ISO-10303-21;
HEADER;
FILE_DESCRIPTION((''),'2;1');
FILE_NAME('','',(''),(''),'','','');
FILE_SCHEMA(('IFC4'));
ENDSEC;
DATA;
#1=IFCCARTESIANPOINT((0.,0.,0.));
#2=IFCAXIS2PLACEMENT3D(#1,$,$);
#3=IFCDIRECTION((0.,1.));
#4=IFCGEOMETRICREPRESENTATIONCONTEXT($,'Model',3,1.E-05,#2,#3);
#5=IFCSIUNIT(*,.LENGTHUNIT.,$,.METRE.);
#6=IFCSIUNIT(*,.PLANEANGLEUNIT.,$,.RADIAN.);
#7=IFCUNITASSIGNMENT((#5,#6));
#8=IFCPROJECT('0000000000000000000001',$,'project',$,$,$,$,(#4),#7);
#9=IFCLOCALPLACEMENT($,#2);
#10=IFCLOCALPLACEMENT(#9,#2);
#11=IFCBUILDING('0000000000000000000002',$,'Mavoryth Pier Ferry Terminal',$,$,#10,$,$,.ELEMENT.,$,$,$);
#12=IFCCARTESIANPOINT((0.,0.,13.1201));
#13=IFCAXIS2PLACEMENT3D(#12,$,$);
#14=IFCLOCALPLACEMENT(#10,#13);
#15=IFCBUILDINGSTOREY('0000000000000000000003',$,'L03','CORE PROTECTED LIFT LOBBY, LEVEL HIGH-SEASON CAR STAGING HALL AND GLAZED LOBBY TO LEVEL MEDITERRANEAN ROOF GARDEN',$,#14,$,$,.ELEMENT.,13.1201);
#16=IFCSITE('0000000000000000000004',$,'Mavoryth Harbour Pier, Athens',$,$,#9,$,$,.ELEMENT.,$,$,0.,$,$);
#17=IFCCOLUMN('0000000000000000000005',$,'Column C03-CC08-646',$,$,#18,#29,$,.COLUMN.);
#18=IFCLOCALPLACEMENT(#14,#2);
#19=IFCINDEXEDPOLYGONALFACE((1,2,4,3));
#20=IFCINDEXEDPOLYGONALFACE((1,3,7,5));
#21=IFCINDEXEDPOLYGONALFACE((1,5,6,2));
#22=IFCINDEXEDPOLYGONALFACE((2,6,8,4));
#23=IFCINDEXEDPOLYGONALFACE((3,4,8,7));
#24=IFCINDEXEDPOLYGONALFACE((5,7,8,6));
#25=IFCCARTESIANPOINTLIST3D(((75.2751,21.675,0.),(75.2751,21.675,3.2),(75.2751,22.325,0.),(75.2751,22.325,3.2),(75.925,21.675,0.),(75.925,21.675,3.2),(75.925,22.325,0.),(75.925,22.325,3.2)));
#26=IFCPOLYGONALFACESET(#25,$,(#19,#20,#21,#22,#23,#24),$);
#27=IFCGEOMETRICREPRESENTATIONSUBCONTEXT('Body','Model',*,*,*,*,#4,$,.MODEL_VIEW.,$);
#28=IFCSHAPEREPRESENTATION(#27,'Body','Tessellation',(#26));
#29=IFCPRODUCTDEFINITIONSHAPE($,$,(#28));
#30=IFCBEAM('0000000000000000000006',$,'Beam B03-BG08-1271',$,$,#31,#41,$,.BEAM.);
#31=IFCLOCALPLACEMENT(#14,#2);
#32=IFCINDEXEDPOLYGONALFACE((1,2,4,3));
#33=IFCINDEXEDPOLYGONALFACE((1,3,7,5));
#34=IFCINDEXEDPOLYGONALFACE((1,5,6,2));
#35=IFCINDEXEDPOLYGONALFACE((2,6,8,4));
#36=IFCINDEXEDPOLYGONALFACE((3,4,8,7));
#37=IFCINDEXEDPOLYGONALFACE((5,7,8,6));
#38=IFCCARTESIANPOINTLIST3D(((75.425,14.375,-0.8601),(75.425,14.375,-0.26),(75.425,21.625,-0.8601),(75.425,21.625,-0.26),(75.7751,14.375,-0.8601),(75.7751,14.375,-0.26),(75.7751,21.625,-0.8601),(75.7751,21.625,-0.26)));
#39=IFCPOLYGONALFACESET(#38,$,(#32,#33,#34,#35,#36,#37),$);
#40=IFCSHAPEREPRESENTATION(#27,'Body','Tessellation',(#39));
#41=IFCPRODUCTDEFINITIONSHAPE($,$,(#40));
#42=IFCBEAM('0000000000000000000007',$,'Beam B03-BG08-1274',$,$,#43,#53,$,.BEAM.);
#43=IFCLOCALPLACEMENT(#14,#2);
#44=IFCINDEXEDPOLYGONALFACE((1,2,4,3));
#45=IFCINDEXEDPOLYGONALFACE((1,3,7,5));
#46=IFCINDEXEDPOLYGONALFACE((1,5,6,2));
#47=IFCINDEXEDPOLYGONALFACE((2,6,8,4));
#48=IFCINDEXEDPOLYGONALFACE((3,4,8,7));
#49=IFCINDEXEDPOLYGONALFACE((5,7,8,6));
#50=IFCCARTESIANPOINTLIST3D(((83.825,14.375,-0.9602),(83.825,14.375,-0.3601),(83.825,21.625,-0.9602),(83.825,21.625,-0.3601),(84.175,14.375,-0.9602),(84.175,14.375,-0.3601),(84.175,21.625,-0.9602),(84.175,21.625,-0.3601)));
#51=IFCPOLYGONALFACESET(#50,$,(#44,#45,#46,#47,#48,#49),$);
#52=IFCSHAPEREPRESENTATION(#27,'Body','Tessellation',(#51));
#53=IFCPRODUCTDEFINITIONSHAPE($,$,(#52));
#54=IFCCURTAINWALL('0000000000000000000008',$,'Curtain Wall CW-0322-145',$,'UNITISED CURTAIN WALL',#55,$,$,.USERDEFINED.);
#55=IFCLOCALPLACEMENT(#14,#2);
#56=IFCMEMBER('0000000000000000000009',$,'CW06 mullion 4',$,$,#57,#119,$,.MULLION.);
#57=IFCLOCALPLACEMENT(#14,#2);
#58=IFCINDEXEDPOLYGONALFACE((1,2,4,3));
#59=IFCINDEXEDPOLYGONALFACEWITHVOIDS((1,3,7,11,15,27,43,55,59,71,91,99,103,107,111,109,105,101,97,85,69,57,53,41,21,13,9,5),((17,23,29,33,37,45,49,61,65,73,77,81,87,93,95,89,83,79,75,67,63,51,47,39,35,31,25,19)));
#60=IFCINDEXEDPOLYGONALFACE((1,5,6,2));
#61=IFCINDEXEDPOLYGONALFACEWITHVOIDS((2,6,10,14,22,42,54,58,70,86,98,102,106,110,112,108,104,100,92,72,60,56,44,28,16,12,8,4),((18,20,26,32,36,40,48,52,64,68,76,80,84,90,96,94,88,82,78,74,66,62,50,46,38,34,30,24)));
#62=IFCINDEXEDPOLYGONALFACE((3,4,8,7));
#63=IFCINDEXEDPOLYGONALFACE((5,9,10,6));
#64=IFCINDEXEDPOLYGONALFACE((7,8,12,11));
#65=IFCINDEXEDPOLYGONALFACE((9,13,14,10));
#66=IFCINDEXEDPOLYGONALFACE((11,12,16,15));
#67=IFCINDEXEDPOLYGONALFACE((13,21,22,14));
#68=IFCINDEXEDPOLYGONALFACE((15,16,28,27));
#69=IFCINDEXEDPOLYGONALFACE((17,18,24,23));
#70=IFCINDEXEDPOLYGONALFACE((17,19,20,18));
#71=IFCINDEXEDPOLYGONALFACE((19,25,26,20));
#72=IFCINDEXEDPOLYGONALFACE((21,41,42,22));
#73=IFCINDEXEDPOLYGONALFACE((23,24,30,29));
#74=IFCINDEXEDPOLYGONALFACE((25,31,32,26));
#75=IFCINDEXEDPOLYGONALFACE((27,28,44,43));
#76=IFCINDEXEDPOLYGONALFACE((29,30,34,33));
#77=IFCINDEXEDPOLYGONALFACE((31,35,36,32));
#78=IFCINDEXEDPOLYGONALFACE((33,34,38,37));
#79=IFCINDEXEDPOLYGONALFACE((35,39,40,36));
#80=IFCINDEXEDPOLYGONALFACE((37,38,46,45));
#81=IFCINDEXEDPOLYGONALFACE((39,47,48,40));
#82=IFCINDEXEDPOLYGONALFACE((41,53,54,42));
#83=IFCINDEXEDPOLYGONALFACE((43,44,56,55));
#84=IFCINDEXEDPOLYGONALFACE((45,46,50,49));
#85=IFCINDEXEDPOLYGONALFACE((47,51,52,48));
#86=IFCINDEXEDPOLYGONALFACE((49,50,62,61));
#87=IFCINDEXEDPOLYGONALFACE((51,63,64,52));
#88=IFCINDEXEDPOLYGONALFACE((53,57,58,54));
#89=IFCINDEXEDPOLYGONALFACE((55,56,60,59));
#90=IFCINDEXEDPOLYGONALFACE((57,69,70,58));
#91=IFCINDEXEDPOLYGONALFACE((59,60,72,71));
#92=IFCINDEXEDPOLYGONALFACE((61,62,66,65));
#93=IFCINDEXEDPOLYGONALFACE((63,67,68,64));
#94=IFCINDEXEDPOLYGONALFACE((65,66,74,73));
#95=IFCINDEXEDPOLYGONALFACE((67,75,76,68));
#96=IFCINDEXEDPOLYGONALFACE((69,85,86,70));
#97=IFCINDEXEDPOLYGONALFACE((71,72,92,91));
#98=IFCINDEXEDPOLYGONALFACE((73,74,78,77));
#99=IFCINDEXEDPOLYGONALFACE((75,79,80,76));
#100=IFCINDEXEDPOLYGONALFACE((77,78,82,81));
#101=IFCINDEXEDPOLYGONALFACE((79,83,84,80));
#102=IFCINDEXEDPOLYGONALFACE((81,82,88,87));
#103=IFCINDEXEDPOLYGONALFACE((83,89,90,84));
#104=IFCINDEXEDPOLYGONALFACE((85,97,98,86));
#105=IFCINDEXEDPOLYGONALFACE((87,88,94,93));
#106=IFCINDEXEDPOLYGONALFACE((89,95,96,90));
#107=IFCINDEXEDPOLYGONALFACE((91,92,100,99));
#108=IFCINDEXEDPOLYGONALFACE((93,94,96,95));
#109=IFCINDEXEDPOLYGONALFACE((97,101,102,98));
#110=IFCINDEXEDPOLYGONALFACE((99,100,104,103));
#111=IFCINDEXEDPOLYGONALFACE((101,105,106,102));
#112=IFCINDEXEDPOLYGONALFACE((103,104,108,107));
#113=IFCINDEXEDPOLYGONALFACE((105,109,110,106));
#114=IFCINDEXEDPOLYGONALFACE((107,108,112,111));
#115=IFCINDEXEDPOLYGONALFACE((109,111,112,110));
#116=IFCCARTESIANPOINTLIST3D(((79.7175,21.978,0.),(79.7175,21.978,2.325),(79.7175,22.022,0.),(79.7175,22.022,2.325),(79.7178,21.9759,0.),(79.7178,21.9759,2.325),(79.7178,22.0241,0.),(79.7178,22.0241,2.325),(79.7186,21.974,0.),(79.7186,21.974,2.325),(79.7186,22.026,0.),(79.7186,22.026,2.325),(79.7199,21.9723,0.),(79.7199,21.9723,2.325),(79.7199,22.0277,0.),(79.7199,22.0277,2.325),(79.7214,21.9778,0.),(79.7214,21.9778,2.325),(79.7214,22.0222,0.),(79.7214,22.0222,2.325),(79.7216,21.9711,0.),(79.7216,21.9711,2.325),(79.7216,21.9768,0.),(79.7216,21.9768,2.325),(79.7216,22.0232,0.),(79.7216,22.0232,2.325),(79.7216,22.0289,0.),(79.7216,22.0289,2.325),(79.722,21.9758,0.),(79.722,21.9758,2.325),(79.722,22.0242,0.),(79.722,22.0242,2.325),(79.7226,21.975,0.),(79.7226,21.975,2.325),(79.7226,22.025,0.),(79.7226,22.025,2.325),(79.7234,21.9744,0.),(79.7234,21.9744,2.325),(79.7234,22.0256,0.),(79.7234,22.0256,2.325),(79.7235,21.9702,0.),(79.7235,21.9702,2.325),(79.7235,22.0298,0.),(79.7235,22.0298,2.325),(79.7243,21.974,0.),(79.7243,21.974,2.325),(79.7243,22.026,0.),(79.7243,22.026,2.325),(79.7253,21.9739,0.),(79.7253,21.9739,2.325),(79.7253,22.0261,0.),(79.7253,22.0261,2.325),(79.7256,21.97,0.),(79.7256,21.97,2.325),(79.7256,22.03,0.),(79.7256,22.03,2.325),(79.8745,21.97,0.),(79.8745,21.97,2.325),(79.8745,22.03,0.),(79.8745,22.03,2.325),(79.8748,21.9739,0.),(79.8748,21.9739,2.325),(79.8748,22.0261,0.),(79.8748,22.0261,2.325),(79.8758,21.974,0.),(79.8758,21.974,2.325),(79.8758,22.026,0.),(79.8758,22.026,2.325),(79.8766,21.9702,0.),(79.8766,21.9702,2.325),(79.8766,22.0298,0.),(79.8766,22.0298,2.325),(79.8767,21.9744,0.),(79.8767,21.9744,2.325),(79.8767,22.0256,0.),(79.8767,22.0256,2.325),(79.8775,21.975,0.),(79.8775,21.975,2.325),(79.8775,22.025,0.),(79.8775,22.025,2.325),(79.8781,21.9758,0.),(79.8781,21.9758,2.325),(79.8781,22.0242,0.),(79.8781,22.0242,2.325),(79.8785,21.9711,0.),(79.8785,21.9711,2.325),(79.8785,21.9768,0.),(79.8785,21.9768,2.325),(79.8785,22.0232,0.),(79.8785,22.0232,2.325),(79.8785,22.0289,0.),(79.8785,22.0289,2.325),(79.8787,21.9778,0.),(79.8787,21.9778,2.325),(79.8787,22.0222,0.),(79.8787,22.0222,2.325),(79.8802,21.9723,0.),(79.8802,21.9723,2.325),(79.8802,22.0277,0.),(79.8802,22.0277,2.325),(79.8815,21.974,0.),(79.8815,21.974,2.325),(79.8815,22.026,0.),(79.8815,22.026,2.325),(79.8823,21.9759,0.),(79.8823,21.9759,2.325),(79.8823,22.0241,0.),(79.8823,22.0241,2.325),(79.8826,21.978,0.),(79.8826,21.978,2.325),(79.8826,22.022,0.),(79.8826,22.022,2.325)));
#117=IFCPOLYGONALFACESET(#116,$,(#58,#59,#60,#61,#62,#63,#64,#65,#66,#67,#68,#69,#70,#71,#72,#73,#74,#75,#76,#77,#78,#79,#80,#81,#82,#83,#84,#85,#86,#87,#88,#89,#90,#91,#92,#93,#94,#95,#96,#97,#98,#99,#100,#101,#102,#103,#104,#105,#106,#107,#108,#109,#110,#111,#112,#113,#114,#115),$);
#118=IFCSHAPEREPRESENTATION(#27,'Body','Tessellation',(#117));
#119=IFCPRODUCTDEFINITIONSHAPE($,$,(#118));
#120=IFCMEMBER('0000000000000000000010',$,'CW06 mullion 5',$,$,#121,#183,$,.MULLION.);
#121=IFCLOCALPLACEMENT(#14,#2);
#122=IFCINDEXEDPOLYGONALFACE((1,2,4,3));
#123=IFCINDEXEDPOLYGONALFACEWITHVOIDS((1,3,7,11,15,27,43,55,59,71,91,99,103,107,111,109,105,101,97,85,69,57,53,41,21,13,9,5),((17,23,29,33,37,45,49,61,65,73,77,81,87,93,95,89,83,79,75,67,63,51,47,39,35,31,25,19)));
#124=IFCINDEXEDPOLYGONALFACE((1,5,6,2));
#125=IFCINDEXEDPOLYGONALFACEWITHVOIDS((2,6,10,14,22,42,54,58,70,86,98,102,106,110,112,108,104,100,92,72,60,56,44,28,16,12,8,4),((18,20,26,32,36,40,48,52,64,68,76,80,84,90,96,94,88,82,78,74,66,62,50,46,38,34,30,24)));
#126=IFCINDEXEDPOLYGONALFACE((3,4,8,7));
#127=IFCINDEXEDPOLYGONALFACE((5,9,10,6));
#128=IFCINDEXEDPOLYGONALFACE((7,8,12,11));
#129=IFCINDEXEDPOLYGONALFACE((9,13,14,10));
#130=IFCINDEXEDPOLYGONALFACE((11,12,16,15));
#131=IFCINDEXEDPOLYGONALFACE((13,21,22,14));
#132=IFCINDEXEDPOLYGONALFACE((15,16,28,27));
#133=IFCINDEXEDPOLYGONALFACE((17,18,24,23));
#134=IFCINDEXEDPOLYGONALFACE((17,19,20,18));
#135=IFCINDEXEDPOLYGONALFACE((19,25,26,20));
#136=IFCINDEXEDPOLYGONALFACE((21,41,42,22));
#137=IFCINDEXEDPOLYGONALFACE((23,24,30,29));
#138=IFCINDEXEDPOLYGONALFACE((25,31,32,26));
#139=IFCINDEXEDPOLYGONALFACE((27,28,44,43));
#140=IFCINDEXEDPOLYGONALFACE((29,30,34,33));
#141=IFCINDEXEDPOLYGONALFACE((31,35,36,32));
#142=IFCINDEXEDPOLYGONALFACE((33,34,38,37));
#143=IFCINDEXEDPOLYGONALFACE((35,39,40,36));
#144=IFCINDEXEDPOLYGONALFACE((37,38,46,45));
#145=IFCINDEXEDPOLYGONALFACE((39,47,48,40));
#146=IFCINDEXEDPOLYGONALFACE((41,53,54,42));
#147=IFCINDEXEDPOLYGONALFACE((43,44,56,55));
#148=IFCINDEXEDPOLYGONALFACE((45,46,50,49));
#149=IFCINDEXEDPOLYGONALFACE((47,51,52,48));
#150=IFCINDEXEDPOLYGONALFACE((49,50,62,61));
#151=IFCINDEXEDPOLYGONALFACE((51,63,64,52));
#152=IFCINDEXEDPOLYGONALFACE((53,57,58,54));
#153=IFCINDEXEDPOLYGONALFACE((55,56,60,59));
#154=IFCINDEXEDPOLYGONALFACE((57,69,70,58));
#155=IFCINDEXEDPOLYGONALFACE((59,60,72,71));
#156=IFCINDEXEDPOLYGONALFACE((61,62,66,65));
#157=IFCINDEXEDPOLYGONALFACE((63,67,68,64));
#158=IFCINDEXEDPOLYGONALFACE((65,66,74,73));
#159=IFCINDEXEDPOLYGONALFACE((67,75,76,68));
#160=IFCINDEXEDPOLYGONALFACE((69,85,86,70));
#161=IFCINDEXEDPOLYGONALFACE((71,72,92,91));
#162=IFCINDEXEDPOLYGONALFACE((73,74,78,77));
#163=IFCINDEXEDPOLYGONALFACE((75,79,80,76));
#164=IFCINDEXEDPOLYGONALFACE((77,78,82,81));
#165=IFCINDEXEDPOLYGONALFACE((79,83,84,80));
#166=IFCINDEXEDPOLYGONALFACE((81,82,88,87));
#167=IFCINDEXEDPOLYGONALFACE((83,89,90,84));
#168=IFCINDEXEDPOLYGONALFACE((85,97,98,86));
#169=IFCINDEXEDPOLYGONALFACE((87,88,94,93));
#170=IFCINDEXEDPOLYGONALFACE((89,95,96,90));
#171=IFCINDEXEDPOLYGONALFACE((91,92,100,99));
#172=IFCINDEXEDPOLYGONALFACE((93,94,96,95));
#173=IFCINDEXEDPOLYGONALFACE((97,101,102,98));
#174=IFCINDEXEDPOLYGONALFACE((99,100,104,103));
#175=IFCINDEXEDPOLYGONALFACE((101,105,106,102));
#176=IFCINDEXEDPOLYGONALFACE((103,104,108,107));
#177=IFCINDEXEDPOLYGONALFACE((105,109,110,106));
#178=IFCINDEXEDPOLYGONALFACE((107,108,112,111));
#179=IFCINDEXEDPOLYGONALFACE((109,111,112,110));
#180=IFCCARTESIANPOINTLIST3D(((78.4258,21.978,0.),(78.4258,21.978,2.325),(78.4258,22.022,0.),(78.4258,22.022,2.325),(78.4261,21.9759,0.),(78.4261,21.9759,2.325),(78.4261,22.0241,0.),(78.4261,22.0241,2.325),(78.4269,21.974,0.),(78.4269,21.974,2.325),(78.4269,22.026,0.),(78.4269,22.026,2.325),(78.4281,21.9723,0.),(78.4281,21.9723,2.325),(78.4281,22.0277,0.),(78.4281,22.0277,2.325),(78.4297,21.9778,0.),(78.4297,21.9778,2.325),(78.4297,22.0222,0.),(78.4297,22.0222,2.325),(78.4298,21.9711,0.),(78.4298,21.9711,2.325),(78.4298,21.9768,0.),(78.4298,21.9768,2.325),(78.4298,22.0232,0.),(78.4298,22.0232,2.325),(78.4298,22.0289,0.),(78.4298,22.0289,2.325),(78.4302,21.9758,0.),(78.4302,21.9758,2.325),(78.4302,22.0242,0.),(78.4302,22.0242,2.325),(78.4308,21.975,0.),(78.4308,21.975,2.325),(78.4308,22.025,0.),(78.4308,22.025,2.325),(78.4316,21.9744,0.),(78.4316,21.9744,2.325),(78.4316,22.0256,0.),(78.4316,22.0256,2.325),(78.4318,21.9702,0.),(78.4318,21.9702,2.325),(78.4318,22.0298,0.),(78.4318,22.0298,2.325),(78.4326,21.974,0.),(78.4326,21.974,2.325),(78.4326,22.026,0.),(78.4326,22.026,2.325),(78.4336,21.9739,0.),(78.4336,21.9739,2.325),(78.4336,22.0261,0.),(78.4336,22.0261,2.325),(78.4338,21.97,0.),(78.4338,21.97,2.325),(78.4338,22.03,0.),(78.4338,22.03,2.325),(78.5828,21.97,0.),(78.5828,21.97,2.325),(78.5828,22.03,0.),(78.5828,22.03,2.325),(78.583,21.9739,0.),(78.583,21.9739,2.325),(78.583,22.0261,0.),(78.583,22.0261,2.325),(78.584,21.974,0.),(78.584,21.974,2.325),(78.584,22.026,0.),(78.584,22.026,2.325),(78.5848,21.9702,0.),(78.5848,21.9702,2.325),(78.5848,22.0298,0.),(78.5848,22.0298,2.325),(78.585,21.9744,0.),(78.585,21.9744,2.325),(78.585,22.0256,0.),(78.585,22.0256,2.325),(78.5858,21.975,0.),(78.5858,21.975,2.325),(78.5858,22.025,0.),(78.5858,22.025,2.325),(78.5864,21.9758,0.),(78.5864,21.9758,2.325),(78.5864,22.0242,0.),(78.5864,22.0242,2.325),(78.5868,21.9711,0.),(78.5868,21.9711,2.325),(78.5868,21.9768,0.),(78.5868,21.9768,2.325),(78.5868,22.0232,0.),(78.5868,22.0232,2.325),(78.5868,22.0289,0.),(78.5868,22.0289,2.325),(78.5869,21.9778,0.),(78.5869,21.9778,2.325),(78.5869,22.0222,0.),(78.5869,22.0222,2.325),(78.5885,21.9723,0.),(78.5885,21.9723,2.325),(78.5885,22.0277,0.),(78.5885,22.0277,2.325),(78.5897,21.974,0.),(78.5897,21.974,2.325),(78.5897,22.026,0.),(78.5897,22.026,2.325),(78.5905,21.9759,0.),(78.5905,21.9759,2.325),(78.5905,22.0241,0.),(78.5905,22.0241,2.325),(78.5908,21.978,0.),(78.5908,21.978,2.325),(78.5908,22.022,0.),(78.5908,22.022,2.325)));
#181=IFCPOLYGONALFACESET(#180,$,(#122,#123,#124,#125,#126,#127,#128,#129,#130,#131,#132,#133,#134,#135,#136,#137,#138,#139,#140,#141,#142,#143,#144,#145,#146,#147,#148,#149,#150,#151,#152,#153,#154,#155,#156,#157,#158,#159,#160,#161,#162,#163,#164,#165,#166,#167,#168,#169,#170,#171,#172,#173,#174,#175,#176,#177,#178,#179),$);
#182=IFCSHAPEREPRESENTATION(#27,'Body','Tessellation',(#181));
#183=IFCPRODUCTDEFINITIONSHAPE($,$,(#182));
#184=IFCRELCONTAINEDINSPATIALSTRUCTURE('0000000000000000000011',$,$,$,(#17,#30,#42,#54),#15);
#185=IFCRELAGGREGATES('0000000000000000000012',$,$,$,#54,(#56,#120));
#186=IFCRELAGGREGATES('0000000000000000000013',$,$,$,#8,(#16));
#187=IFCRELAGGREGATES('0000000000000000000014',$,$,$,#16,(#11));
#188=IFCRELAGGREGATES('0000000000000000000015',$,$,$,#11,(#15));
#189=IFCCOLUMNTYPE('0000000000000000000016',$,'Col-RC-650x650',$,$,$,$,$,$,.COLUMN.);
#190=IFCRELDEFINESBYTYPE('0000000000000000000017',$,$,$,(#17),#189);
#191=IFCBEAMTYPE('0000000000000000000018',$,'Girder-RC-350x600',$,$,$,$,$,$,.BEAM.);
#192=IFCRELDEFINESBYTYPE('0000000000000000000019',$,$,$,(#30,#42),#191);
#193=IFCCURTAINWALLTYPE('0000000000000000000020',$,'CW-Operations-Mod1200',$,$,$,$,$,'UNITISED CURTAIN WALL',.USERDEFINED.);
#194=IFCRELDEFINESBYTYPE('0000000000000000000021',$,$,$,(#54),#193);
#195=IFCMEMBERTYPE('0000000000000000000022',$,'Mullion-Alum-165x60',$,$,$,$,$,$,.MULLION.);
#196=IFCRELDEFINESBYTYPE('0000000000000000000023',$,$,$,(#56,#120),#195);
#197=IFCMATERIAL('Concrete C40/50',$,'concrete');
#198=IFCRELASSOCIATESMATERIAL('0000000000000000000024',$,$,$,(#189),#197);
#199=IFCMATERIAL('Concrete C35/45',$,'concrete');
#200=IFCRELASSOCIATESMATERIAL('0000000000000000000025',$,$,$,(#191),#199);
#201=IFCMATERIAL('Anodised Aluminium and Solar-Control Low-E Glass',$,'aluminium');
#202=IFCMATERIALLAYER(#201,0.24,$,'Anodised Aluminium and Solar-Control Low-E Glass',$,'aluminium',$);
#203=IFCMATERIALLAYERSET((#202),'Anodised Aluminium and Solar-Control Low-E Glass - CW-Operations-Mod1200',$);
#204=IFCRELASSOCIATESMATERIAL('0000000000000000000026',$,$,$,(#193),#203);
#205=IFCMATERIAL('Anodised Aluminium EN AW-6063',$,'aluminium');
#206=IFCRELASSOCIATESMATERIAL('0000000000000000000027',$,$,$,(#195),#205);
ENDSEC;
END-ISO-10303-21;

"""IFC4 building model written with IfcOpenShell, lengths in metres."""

from ifc_helpers import new_model, si_unit, direction, frame, origin, origin_2d, place, context, subcontext, project, spatial, rectangle, hollow_rectangle, extrude, material, layer, layer_set, material_profile, profile_set, type_object, element, aggregate, save


model = new_model("IFC4")

# Units and contexts
model_context = context("Model", 3, precision=1e-05, world=origin(), true_north=direction((0.0, 1.0)))
body_context = subcontext(model_context, "Body", "Model", "MODEL_VIEW")
ifc_project = project(units=[si_unit("LENGTHUNIT", "METRE"), si_unit("PLANEANGLEUNIT", "RADIAN")], contexts=[model_context])

# Site, building, storey
site_placement = place(None, origin())
site = spatial("IfcSite", under=ifc_project, at=site_placement, Name="Mavoryth Harbour Pier, Athens", CompositionType="ELEMENT", RefElevation=0.0)
building_placement = place(site_placement, origin())
building = spatial("IfcBuilding", under=site, at=building_placement, Name="Mavoryth Pier Ferry Terminal", CompositionType="ELEMENT")
storey_placement = place(building_placement, frame((0.0, 0.0, 13.1201)))
storey = spatial("IfcBuildingStorey", under=building, at=storey_placement, Name="L03", Description="CORE PROTECTED LIFT LOBBY, LEVEL HIGH-SEASON CAR STAGING HALL AND GLAZED LOBBY TO LEVEL MEDITERRANEAN ROOF GARDEN", CompositionType="ELEMENT", Elevation=13.1201)

# Column
ifc_material_1 = material(Name="Concrete C40/50", Category="concrete")
ifc_material_profile_1 = material_profile(ifc_material_1, rectangle(XDim=0.6499, YDim=0.6499, at=origin_2d()), Name="RC 650x650", Category="concrete")
ifc_profile_set_1 = profile_set([ifc_material_profile_1], Name="Concrete C40/50 - RC 650x650")
column_type = type_object("IfcColumnType", Name="Col-RC-650x650", PredefinedType="COLUMN", material=ifc_profile_set_1)
column_placement = place(storey_placement, frame((75.6001, 22.0, 0.0), z_axis=(0.0, 0.0, 1.0), x_axis=(1.0, 0.0, 0.0)))
element("IfcColumn", 1, at=column_placement, inside=storey, type_object=column_type, Name="Column C03-CC08-646", PredefinedType="COLUMN", context=body_context, shape_type="SweptSolid", body=[
    extrude(rectangle(XDim=0.6499, YDim=0.6499, at=origin_2d()), origin(), (0.0, 0.0, 1.0), 3.2),
])

# Beams
ifc_material_2 = material(Name="Concrete C35/45", Category="concrete")
ifc_material_profile_2 = material_profile(ifc_material_2, rectangle(XDim=0.3501, YDim=0.6001, at=origin_2d()), Name="RC 350x600", Category="concrete")
ifc_profile_set_2 = profile_set([ifc_material_profile_2], Name="Concrete C35/45 - RC 350x600")
beam_type_1 = type_object("IfcBeamType", Name="Girder-RC-350x600", PredefinedType="BEAM", material=ifc_profile_set_2)
for number, where, z_axis, x_axis, name in (
    (2, (75.6001, 14.375, -0.5601), (0.0, 1.0, 0.0), (-1.0, 0.0, 0.0), "Beam B03-BG08-1271"),
    (3, (84.0, 14.375, -0.6602), (0.0, 1.0, 0.0), (-1.0, 0.0, 0.0), "Beam B03-BG08-1274"),
):
    element("IfcBeam", number, at=place(storey_placement, frame(where, z_axis=z_axis, x_axis=x_axis)), inside=storey, type_object=beam_type_1, Name=name, PredefinedType="BEAM", context=body_context, shape_type="SweptSolid", body=[
        extrude(rectangle(XDim=0.3501, YDim=0.6001, at=origin_2d()), origin(), (0.0, 0.0, 1.0), 7.25),
    ])

# Curtain wall, members
ifc_material_3 = material(Name="Anodised Aluminium and Solar-Control Low-E Glass", Category="aluminium")
ifc_layer_1 = layer(ifc_material_3, 0.24, Name="Anodised Aluminium and Solar-Control Low-E Glass", Category="aluminium")
ifc_layer_set_1 = layer_set([ifc_layer_1], Name="Anodised Aluminium and Solar-Control Low-E Glass - CW-Operations-Mod1200")
curtain_wall_type = type_object("IfcCurtainWallType", Name="CW-Operations-Mod1200", ElementType="UNITISED CURTAIN WALL", PredefinedType="USERDEFINED", material=ifc_layer_set_1)
curtain_wall_placement = place(storey_placement, origin())
curtain_wall = element("IfcCurtainWall", 4, at=curtain_wall_placement, inside=storey, type_object=curtain_wall_type, Name="Curtain Wall CW-0322-145", ObjectType="UNITISED CURTAIN WALL", PredefinedType="USERDEFINED")
ifc_material_4 = material(Name="Anodised Aluminium EN AW-6063", Category="aluminium")
ifc_material_profile_3 = material_profile(ifc_material_4, hollow_rectangle(XDim=0.0601, YDim=0.165, WallThickness=0.0039, InnerFilletRadius=0.0039, OuterFilletRadius=0.0081, at=origin_2d()), Name="AL-MULL 165x60x4", Category="aluminium")
ifc_profile_set_3 = profile_set([ifc_material_profile_3], Name="Anodised Aluminium EN AW-6063 - AL-MULL 165x60x4")
member_type_1 = type_object("IfcMemberType", Name="Mullion-Alum-165x60", PredefinedType="MULLION", material=ifc_profile_set_3)
member_1_placement = place(storey_placement, frame((79.8, 22.0, 0.0), z_axis=(0.0, 0.0, 1.0), x_axis=(0.0, -1.0, 0.0)))
member_1 = element("IfcMember", 5, at=member_1_placement, type_object=member_type_1, Name="CW06 mullion 4", PredefinedType="MULLION", context=body_context, shape_type="SweptSolid", body=[
    extrude(hollow_rectangle(XDim=0.0601, YDim=0.165, WallThickness=0.0039, InnerFilletRadius=0.0039, OuterFilletRadius=0.0081, at=origin_2d()), origin(), (0.0, 0.0, 1.0), 2.325),
])
member_2_placement = place(storey_placement, frame((78.5083, 22.0, 0.0), z_axis=(0.0, 0.0, 1.0), x_axis=(0.0, -1.0, 0.0)))
member_2 = element("IfcMember", 6, at=member_2_placement, type_object=member_type_1, Name="CW06 mullion 5", PredefinedType="MULLION", context=body_context, shape_type="SweptSolid", body=[
    extrude(hollow_rectangle(XDim=0.0601, YDim=0.165, WallThickness=0.0039, InnerFilletRadius=0.0039, OuterFilletRadius=0.0081, at=origin_2d()), origin(), (0.0, 0.0, 1.0), 2.325),
])

aggregate(curtain_wall, [member_1, member_2])

save(model, "model.ifc")
